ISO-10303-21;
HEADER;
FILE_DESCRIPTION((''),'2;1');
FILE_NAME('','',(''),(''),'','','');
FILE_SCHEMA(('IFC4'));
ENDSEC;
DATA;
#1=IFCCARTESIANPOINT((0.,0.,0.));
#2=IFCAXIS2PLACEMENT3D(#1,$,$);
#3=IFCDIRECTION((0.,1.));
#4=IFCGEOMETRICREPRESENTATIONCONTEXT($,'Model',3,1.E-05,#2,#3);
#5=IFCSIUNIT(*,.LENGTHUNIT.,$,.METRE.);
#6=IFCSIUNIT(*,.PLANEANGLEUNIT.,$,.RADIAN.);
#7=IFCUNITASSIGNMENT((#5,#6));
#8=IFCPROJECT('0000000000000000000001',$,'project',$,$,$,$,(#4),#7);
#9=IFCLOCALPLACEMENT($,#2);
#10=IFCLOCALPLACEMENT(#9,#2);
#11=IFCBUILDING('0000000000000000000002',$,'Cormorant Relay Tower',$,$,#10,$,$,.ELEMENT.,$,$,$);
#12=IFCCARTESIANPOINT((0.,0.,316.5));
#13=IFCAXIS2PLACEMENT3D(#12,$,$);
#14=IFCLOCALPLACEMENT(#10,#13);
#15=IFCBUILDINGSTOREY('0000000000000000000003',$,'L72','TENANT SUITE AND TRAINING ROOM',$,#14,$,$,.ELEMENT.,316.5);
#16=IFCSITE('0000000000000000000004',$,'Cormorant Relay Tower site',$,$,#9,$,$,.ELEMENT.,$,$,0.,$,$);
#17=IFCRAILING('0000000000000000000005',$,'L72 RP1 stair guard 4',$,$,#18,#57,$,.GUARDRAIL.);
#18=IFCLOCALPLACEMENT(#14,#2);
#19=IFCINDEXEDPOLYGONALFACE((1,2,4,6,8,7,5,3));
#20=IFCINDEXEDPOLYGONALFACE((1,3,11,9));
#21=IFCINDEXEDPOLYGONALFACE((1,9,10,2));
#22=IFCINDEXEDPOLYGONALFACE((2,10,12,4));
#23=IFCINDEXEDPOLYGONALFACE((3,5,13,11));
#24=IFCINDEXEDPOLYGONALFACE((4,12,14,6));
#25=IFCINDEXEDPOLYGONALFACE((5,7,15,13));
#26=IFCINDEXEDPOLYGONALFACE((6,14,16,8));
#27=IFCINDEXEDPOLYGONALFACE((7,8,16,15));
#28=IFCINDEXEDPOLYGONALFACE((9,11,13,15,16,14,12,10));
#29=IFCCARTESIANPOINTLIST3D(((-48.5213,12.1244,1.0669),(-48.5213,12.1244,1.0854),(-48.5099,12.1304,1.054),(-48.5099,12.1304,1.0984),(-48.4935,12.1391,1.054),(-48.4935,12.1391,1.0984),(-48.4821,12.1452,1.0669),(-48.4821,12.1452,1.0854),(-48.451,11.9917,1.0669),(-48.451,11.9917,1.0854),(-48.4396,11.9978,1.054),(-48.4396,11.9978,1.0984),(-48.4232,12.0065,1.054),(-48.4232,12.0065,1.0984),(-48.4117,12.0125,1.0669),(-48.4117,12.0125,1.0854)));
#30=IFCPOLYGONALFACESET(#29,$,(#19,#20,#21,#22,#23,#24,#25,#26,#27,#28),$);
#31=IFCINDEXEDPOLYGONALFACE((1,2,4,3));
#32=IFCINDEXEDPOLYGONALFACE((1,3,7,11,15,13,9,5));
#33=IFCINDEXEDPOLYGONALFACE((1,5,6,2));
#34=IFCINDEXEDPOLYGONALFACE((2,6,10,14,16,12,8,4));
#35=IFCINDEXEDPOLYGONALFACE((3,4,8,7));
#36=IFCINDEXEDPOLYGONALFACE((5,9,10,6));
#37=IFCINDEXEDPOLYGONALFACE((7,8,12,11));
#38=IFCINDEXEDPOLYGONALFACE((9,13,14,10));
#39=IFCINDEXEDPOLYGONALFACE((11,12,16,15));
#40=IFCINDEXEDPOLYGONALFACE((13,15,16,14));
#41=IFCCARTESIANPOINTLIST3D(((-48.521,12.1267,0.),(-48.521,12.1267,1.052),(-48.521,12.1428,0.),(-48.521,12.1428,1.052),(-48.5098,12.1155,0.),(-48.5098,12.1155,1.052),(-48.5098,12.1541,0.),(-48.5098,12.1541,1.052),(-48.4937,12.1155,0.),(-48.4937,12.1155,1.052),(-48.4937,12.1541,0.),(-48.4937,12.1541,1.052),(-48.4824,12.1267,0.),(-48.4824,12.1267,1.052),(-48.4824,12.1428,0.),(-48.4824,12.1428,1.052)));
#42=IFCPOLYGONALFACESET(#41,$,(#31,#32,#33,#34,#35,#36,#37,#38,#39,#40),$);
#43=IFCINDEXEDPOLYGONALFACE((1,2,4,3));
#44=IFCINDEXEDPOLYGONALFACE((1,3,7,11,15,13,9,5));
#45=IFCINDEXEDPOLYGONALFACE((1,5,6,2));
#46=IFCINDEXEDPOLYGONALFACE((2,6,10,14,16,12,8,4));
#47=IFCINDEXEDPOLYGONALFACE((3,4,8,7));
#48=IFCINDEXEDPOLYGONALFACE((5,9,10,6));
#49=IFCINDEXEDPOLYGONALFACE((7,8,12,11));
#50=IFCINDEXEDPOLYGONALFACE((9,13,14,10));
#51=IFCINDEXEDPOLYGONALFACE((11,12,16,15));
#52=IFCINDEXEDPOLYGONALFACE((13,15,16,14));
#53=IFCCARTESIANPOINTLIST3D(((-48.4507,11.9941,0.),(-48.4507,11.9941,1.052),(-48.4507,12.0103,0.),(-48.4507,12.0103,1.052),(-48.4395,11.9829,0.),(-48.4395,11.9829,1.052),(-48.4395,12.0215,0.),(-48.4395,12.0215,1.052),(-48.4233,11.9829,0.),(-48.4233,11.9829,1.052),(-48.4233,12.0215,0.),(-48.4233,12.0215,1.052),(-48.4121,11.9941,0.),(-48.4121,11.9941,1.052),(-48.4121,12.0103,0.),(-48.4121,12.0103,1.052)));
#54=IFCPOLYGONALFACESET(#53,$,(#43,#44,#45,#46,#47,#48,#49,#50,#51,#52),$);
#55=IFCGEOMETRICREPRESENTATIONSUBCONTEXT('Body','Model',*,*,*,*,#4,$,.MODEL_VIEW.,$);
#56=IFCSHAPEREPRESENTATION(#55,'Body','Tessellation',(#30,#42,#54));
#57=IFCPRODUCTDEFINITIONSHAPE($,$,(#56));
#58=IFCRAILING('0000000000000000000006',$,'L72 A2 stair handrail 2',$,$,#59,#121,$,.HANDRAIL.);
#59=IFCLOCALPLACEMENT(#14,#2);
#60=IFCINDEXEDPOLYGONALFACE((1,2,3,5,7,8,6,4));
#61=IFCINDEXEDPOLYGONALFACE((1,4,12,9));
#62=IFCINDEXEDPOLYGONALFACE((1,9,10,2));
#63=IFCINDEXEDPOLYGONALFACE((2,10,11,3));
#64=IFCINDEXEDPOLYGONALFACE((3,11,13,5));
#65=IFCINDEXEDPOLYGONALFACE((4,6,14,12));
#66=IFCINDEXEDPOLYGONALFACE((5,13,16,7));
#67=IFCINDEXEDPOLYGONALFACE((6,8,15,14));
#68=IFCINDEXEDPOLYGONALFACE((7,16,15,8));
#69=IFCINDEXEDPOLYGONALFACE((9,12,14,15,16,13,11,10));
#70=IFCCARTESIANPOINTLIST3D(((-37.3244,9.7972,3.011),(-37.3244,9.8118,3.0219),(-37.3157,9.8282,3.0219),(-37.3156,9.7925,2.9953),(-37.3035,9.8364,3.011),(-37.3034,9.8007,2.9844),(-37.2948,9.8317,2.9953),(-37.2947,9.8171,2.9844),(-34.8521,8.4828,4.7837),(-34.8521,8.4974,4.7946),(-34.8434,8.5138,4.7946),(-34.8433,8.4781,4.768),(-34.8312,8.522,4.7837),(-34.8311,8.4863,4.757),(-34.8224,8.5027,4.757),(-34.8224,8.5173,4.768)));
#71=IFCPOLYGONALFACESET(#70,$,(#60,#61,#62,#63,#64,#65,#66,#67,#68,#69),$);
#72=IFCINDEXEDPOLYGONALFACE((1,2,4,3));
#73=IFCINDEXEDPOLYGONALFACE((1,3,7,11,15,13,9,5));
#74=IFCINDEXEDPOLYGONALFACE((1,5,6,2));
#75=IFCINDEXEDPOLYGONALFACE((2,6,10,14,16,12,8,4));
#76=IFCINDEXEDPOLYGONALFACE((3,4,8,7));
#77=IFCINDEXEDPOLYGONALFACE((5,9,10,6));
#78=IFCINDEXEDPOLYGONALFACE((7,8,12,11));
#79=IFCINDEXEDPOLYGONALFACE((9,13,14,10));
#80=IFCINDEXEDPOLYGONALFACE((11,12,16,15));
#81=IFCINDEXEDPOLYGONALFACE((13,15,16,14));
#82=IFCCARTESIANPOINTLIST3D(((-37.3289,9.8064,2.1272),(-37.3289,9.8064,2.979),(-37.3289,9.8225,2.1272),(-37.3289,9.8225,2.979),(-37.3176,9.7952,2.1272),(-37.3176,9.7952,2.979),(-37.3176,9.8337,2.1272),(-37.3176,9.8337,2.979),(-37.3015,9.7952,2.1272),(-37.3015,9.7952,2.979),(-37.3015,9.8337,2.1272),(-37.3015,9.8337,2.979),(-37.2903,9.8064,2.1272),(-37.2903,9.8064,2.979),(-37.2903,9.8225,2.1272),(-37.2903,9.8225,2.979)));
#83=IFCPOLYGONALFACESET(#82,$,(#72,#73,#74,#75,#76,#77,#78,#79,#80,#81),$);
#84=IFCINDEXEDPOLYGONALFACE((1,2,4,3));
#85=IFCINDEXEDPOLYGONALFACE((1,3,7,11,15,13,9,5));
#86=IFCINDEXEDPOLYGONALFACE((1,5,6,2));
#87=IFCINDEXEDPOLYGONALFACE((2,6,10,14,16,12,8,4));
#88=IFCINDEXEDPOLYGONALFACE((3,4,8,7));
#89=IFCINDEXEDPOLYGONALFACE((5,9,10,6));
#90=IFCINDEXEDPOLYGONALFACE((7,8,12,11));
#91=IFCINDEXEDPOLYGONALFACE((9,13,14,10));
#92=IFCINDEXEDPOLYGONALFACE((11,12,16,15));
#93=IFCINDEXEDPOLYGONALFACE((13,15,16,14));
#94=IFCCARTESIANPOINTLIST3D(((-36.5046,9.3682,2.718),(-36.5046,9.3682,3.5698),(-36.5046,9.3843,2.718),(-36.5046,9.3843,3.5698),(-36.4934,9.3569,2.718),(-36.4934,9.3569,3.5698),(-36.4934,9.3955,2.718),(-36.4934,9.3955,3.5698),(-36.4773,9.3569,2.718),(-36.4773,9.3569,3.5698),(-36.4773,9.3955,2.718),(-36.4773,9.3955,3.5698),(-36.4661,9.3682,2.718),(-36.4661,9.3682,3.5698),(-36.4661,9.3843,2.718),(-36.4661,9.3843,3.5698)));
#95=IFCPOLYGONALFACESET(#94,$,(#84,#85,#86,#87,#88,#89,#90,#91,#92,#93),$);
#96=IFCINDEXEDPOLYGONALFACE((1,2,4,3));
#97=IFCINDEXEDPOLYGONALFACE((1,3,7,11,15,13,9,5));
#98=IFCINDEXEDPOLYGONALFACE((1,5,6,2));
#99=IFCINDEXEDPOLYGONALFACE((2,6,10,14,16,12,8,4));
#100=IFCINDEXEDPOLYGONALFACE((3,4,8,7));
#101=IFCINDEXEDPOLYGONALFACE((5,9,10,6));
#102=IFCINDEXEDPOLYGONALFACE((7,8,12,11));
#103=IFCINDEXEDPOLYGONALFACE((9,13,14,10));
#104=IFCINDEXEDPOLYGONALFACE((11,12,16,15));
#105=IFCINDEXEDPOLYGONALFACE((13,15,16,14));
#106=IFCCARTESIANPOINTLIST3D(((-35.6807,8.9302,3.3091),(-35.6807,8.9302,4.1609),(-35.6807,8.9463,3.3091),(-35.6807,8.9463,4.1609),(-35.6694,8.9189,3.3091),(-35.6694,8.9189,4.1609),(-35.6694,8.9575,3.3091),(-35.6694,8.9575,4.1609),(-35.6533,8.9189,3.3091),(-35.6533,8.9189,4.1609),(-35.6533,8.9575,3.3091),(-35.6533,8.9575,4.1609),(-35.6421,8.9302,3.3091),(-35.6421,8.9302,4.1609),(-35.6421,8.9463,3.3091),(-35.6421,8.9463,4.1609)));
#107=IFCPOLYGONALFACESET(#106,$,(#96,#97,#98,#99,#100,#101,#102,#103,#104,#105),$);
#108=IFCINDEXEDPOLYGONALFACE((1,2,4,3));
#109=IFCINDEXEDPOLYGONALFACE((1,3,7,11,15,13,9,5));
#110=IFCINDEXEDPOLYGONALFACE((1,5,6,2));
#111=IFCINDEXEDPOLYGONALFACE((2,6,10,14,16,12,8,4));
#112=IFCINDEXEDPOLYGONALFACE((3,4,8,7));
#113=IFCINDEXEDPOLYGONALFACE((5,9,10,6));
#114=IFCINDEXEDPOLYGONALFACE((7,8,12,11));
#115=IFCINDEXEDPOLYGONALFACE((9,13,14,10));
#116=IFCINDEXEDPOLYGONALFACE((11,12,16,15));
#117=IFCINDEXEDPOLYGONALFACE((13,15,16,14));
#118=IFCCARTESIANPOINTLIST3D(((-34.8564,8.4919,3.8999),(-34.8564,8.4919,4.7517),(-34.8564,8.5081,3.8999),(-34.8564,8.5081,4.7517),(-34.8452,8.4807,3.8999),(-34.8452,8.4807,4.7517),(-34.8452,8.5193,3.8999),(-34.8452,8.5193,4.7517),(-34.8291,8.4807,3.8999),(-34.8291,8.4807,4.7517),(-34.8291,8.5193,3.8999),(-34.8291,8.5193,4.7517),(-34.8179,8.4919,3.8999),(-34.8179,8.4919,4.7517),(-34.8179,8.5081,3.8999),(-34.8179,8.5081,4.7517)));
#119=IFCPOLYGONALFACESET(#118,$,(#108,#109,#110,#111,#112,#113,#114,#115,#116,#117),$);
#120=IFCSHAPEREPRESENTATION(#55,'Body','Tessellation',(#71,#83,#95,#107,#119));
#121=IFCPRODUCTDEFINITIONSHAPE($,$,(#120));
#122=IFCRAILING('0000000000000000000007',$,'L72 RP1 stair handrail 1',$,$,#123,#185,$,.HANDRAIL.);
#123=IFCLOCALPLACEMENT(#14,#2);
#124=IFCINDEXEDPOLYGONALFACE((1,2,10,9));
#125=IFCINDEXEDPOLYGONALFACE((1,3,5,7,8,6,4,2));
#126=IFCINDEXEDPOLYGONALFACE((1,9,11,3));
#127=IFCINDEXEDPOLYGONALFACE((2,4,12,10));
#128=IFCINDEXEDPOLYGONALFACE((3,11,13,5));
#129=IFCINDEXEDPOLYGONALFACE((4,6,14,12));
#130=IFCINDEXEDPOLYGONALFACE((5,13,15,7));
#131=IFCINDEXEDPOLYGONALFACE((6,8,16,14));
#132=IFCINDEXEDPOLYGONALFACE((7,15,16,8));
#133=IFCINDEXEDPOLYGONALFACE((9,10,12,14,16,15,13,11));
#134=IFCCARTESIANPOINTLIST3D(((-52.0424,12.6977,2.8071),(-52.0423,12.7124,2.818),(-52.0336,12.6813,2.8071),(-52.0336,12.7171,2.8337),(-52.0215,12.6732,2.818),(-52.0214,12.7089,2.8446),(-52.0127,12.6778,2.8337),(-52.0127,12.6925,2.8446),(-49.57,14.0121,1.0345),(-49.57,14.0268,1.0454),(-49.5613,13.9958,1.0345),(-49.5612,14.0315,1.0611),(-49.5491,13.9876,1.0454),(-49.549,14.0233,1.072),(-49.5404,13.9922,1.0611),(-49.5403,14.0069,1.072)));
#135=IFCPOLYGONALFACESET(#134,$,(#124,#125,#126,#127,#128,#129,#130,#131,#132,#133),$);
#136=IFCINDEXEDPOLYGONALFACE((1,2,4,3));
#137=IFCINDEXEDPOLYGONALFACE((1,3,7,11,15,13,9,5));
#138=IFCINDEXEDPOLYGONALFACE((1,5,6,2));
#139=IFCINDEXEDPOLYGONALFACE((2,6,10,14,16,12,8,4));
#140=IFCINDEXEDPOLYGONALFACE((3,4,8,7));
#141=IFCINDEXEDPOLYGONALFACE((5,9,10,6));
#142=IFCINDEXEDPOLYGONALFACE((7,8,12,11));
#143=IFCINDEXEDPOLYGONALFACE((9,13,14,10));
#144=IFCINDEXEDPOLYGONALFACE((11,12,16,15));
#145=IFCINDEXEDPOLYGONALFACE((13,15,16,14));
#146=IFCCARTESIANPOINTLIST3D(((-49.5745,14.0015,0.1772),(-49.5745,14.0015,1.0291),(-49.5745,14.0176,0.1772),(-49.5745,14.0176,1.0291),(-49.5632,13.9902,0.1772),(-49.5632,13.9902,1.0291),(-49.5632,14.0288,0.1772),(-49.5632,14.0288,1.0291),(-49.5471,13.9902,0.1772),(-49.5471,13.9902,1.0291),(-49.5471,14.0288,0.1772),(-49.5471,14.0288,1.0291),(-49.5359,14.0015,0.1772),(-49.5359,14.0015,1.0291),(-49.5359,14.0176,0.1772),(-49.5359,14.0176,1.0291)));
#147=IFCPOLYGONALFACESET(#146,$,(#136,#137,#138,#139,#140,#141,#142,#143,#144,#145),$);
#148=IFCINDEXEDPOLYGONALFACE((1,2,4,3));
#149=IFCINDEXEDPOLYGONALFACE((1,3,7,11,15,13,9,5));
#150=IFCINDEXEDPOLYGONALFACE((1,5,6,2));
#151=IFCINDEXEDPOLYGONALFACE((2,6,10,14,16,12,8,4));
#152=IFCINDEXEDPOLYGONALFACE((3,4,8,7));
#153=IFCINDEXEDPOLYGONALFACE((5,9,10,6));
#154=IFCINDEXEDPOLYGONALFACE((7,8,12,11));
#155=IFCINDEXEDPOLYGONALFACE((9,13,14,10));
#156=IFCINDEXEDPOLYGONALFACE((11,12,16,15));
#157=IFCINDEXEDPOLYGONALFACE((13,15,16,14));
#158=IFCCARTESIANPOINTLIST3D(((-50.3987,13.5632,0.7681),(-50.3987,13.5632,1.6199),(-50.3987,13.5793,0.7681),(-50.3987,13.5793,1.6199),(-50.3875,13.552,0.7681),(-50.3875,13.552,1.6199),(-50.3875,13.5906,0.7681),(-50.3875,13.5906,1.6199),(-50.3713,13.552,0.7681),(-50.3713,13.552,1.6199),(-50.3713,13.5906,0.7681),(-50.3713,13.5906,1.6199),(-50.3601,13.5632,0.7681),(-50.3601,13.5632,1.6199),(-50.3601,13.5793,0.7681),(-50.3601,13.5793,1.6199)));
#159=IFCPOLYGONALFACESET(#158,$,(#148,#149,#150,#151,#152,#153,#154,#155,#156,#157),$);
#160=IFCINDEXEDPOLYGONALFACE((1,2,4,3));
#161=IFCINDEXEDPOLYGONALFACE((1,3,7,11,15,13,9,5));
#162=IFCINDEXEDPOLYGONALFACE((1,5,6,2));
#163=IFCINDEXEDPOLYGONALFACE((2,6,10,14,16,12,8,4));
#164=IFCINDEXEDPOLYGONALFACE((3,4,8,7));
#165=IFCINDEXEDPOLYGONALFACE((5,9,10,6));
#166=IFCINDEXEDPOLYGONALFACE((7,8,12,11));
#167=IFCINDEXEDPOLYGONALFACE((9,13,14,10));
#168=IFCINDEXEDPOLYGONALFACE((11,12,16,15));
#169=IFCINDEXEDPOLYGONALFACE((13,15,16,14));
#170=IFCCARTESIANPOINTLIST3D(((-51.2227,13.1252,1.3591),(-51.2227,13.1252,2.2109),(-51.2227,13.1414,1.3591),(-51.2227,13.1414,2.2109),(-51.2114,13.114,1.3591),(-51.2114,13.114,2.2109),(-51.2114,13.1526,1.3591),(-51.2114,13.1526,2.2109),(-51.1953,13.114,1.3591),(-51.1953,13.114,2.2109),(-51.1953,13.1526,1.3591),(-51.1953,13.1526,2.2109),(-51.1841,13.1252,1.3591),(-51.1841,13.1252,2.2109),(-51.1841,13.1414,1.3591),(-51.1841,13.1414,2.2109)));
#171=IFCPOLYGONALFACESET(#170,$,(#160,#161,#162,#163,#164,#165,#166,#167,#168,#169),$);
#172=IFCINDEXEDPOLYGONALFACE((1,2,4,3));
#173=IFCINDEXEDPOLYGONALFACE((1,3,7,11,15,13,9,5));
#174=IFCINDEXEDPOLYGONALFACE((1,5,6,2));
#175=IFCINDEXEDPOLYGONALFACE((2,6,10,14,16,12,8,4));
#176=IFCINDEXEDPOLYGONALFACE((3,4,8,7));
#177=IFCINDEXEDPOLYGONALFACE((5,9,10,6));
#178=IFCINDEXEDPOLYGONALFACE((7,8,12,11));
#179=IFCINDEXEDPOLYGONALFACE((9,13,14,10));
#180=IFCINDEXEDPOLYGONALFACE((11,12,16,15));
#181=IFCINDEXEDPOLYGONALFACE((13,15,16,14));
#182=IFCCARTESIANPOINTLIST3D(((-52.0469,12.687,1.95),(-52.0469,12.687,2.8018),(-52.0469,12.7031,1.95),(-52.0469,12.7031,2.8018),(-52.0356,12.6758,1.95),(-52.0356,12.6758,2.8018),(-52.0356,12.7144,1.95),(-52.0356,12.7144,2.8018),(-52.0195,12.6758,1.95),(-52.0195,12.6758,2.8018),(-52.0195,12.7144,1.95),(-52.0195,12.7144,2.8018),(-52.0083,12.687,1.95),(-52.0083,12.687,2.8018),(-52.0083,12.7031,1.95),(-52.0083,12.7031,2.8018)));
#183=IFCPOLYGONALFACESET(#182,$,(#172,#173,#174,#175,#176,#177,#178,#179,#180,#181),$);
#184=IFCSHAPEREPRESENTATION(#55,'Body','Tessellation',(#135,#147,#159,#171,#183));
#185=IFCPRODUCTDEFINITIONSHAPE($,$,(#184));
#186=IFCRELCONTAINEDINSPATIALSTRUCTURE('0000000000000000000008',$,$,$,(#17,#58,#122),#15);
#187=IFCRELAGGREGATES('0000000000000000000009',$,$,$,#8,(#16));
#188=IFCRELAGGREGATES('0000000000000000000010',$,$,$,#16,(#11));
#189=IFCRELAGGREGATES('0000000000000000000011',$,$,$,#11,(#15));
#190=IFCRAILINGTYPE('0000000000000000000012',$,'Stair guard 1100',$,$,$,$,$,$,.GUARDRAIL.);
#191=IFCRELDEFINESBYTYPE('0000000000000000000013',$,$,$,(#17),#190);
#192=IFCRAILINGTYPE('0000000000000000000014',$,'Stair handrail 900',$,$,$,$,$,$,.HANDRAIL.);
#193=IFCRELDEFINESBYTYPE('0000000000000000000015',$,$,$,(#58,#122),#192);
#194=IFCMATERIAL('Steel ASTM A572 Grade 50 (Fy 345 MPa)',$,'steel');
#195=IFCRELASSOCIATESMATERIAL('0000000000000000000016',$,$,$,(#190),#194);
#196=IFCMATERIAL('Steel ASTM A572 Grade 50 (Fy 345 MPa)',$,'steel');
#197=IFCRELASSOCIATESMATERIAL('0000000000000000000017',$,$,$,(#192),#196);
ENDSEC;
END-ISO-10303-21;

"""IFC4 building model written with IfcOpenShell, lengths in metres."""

from ifc_helpers import new_model, si_unit, direction, frame, origin, place, context, subcontext, project, spatial, polyline, outline, extrude, material, type_object, element, save


model = new_model("IFC4")

# Units and contexts
model_context = context("Model", 3, precision=1e-05, world=origin(), true_north=direction((0.0, 1.0)))
body_context = subcontext(model_context, "Body", "Model", "MODEL_VIEW")
ifc_project = project(units=[si_unit("LENGTHUNIT", "METRE"), si_unit("PLANEANGLEUNIT", "RADIAN")], contexts=[model_context])

# Site, building, storey
site_placement = place(None, origin())
site = spatial("IfcSite", under=ifc_project, at=site_placement, Name="Cormorant Relay Tower site", CompositionType="ELEMENT", RefElevation=0.0)
building_placement = place(site_placement, origin())
building = spatial("IfcBuilding", under=site, at=building_placement, Name="Cormorant Relay Tower", CompositionType="ELEMENT")
storey_placement = place(building_placement, frame((0.0, 0.0, 316.5)))
storey = spatial("IfcBuildingStorey", under=building, at=storey_placement, Name="L72", Description="TENANT SUITE AND TRAINING ROOM", CompositionType="ELEMENT", Elevation=316.5)

# Railings
ifc_material_1 = material(Name="Steel ASTM A572 Grade 50 (Fy 345 MPa)", Category="steel")
railing_type_1 = type_object("IfcRailingType", Name="Stair guard 1100", PredefinedType="GUARDRAIL", material=ifc_material_1)
railing_1_placement = place(storey_placement, frame((-48.5017, 12.1348, 0.0)))
element("IfcRailing", 1, at=railing_1_placement, inside=storey, type_object=railing_type_1, Name="L72 RP1 stair guard 4", PredefinedType="GUARDRAIL", context=body_context, shape_type="SweptSolid", body=[
    extrude(outline(polyline([(0.0222, 0.0093), (0.0093, 0.0222), (-0.0093, 0.0222), (-0.0222, 0.0093), (-0.0222, -0.0093), (-0.0093, -0.0222), (0.0093, -0.0222), (0.0222, -0.0093), (0.0222, 0.0093)])), frame((0.0, 0.0, 1.0762), z_axis=(0.46856, -0.883431, 0.0), x_axis=(0.883431, 0.46856, 0.0)), (0.0, 0.0, 1.0), 0.1501),
    extrude(outline(polyline([(0.0193, 0.0081), (0.0081, 0.0193), (-0.0081, 0.0193), (-0.0193, 0.0081), (-0.0193, -0.0081), (-0.0081, -0.0193), (0.0081, -0.0193), (0.0193, -0.0081), (0.0193, 0.0081)])), origin(), (0.0, 0.0, 1.0), 1.052),
    extrude(outline(polyline([(0.0193, 0.0081), (0.0081, 0.0193), (-0.0081, 0.0193), (-0.0193, 0.0081), (-0.0193, -0.0081), (-0.0081, -0.0193), (0.0081, -0.0193), (0.0193, -0.0081), (0.0193, 0.0081)])), frame((0.0703, -0.1326, 0.0)), (0.0, 0.0, 1.0), 1.052),
])
ifc_material_2 = material(Name="Steel ASTM A572 Grade 50 (Fy 345 MPa)", Category="steel")
railing_type_2 = type_object("IfcRailingType", Name="Stair handrail 900", PredefinedType="HANDRAIL", material=ifc_material_2)
railing_2_placement = place(storey_placement, frame((-37.3096, 9.8145, 2.1272)))
element("IfcRailing", 2, at=railing_2_placement, inside=storey, type_object=railing_type_2, Name="L72 A2 stair handrail 2", PredefinedType="HANDRAIL", context=body_context, shape_type="SweptSolid", body=[
    extrude(outline(polyline([(0.0222, 0.0093), (0.0093, 0.0222), (-0.0093, 0.0222), (-0.0222, 0.0093), (-0.0222, -0.0093), (-0.0093, -0.0222), (0.0093, -0.0222), (0.0222, -0.0093), (0.0222, 0.0093)])), frame((0.0, 0.0, 0.876), z_axis=(0.746034, -0.396627, 0.534902), x_axis=(0.469429, 0.88297, 0.0)), (0.0, 0.0, 1.0), 3.314),
    extrude(outline(polyline([(0.0193, 0.0081), (0.0081, 0.0193), (-0.0081, 0.0193), (-0.0193, 0.0081), (-0.0193, -0.0081), (-0.0081, -0.0193), (0.0081, -0.0193), (0.0193, -0.0081), (0.0193, 0.0081)])), origin(), (0.0, 0.0, 1.0), 0.8518),
    extrude(outline(polyline([(0.0193, 0.0081), (0.0081, 0.0193), (-0.0081, 0.0193), (-0.0193, 0.0081), (-0.0193, -0.0081), (-0.0081, -0.0193), (0.0081, -0.0193), (0.0193, -0.0081), (0.0193, 0.0081)])), frame((0.8242, -0.4382, 0.5908)), (0.0, 0.0, 1.0), 0.8518),
    extrude(outline(polyline([(0.0193, 0.0081), (0.0081, 0.0193), (-0.0081, 0.0193), (-0.0193, 0.0081), (-0.0193, -0.0081), (-0.0081, -0.0193), (0.0081, -0.0193), (0.0193, -0.0081), (0.0193, 0.0081)])), frame((1.6482, -0.8762, 1.1819)), (0.0, 0.0, 1.0), 0.8518),
    extrude(outline(polyline([(0.0193, 0.0081), (0.0081, 0.0193), (-0.0081, 0.0193), (-0.0193, 0.0081), (-0.0193, -0.0081), (-0.0081, -0.0193), (0.0081, -0.0193), (0.0193, -0.0081), (0.0193, 0.0081)])), frame((2.4724, -1.3145, 1.7727)), (0.0, 0.0, 1.0), 0.8518),
])
railing_3_placement = place(storey_placement, frame((-49.5552, 14.0095, 0.1772)))
element("IfcRailing", 3, at=railing_3_placement, inside=storey, type_object=railing_type_2, Name="L72 RP1 stair handrail 1", PredefinedType="HANDRAIL", context=body_context, shape_type="SweptSolid", body=[
    extrude(outline(polyline([(0.0222, 0.0093), (0.0093, 0.0222), (-0.0093, 0.0222), (-0.0222, 0.0093), (-0.0222, -0.0093), (-0.0093, -0.0222), (0.0093, -0.0222), (0.0222, -0.0093), (0.0222, 0.0093)])), frame((0.0, 0.0, 0.876), z_axis=(-0.746034, -0.396627, 0.534902), x_axis=(0.469429, -0.88297, 0.0)), (0.0, 0.0, 1.0), 3.314),
    extrude(outline(polyline([(0.0193, 0.0081), (0.0081, 0.0193), (-0.0081, 0.0193), (-0.0193, 0.0081), (-0.0193, -0.0081), (-0.0081, -0.0193), (0.0081, -0.0193), (0.0193, -0.0081), (0.0193, 0.0081)])), origin(), (0.0, 0.0, 1.0), 0.8518),
    extrude(outline(polyline([(0.0193, 0.0081), (0.0081, 0.0193), (-0.0081, 0.0193), (-0.0193, 0.0081), (-0.0193, -0.0081), (-0.0081, -0.0193), (0.0081, -0.0193), (0.0193, -0.0081), (0.0193, 0.0081)])), frame((-0.8242, -0.4382, 0.5908)), (0.0, 0.0, 1.0), 0.8518),
    extrude(outline(polyline([(0.0193, 0.0081), (0.0081, 0.0193), (-0.0081, 0.0193), (-0.0193, 0.0081), (-0.0193, -0.0081), (-0.0081, -0.0193), (0.0081, -0.0193), (0.0193, -0.0081), (0.0193, 0.0081)])), frame((-1.6482, -0.8762, 1.1819)), (0.0, 0.0, 1.0), 0.8518),
    extrude(outline(polyline([(0.0193, 0.0081), (0.0081, 0.0193), (-0.0081, 0.0193), (-0.0193, 0.0081), (-0.0193, -0.0081), (-0.0081, -0.0193), (0.0081, -0.0193), (0.0193, -0.0081), (0.0193, 0.0081)])), frame((-2.4724, -1.3145, 1.7727)), (0.0, 0.0, 1.0), 0.8518),
])

save(model, "model.ifc")
